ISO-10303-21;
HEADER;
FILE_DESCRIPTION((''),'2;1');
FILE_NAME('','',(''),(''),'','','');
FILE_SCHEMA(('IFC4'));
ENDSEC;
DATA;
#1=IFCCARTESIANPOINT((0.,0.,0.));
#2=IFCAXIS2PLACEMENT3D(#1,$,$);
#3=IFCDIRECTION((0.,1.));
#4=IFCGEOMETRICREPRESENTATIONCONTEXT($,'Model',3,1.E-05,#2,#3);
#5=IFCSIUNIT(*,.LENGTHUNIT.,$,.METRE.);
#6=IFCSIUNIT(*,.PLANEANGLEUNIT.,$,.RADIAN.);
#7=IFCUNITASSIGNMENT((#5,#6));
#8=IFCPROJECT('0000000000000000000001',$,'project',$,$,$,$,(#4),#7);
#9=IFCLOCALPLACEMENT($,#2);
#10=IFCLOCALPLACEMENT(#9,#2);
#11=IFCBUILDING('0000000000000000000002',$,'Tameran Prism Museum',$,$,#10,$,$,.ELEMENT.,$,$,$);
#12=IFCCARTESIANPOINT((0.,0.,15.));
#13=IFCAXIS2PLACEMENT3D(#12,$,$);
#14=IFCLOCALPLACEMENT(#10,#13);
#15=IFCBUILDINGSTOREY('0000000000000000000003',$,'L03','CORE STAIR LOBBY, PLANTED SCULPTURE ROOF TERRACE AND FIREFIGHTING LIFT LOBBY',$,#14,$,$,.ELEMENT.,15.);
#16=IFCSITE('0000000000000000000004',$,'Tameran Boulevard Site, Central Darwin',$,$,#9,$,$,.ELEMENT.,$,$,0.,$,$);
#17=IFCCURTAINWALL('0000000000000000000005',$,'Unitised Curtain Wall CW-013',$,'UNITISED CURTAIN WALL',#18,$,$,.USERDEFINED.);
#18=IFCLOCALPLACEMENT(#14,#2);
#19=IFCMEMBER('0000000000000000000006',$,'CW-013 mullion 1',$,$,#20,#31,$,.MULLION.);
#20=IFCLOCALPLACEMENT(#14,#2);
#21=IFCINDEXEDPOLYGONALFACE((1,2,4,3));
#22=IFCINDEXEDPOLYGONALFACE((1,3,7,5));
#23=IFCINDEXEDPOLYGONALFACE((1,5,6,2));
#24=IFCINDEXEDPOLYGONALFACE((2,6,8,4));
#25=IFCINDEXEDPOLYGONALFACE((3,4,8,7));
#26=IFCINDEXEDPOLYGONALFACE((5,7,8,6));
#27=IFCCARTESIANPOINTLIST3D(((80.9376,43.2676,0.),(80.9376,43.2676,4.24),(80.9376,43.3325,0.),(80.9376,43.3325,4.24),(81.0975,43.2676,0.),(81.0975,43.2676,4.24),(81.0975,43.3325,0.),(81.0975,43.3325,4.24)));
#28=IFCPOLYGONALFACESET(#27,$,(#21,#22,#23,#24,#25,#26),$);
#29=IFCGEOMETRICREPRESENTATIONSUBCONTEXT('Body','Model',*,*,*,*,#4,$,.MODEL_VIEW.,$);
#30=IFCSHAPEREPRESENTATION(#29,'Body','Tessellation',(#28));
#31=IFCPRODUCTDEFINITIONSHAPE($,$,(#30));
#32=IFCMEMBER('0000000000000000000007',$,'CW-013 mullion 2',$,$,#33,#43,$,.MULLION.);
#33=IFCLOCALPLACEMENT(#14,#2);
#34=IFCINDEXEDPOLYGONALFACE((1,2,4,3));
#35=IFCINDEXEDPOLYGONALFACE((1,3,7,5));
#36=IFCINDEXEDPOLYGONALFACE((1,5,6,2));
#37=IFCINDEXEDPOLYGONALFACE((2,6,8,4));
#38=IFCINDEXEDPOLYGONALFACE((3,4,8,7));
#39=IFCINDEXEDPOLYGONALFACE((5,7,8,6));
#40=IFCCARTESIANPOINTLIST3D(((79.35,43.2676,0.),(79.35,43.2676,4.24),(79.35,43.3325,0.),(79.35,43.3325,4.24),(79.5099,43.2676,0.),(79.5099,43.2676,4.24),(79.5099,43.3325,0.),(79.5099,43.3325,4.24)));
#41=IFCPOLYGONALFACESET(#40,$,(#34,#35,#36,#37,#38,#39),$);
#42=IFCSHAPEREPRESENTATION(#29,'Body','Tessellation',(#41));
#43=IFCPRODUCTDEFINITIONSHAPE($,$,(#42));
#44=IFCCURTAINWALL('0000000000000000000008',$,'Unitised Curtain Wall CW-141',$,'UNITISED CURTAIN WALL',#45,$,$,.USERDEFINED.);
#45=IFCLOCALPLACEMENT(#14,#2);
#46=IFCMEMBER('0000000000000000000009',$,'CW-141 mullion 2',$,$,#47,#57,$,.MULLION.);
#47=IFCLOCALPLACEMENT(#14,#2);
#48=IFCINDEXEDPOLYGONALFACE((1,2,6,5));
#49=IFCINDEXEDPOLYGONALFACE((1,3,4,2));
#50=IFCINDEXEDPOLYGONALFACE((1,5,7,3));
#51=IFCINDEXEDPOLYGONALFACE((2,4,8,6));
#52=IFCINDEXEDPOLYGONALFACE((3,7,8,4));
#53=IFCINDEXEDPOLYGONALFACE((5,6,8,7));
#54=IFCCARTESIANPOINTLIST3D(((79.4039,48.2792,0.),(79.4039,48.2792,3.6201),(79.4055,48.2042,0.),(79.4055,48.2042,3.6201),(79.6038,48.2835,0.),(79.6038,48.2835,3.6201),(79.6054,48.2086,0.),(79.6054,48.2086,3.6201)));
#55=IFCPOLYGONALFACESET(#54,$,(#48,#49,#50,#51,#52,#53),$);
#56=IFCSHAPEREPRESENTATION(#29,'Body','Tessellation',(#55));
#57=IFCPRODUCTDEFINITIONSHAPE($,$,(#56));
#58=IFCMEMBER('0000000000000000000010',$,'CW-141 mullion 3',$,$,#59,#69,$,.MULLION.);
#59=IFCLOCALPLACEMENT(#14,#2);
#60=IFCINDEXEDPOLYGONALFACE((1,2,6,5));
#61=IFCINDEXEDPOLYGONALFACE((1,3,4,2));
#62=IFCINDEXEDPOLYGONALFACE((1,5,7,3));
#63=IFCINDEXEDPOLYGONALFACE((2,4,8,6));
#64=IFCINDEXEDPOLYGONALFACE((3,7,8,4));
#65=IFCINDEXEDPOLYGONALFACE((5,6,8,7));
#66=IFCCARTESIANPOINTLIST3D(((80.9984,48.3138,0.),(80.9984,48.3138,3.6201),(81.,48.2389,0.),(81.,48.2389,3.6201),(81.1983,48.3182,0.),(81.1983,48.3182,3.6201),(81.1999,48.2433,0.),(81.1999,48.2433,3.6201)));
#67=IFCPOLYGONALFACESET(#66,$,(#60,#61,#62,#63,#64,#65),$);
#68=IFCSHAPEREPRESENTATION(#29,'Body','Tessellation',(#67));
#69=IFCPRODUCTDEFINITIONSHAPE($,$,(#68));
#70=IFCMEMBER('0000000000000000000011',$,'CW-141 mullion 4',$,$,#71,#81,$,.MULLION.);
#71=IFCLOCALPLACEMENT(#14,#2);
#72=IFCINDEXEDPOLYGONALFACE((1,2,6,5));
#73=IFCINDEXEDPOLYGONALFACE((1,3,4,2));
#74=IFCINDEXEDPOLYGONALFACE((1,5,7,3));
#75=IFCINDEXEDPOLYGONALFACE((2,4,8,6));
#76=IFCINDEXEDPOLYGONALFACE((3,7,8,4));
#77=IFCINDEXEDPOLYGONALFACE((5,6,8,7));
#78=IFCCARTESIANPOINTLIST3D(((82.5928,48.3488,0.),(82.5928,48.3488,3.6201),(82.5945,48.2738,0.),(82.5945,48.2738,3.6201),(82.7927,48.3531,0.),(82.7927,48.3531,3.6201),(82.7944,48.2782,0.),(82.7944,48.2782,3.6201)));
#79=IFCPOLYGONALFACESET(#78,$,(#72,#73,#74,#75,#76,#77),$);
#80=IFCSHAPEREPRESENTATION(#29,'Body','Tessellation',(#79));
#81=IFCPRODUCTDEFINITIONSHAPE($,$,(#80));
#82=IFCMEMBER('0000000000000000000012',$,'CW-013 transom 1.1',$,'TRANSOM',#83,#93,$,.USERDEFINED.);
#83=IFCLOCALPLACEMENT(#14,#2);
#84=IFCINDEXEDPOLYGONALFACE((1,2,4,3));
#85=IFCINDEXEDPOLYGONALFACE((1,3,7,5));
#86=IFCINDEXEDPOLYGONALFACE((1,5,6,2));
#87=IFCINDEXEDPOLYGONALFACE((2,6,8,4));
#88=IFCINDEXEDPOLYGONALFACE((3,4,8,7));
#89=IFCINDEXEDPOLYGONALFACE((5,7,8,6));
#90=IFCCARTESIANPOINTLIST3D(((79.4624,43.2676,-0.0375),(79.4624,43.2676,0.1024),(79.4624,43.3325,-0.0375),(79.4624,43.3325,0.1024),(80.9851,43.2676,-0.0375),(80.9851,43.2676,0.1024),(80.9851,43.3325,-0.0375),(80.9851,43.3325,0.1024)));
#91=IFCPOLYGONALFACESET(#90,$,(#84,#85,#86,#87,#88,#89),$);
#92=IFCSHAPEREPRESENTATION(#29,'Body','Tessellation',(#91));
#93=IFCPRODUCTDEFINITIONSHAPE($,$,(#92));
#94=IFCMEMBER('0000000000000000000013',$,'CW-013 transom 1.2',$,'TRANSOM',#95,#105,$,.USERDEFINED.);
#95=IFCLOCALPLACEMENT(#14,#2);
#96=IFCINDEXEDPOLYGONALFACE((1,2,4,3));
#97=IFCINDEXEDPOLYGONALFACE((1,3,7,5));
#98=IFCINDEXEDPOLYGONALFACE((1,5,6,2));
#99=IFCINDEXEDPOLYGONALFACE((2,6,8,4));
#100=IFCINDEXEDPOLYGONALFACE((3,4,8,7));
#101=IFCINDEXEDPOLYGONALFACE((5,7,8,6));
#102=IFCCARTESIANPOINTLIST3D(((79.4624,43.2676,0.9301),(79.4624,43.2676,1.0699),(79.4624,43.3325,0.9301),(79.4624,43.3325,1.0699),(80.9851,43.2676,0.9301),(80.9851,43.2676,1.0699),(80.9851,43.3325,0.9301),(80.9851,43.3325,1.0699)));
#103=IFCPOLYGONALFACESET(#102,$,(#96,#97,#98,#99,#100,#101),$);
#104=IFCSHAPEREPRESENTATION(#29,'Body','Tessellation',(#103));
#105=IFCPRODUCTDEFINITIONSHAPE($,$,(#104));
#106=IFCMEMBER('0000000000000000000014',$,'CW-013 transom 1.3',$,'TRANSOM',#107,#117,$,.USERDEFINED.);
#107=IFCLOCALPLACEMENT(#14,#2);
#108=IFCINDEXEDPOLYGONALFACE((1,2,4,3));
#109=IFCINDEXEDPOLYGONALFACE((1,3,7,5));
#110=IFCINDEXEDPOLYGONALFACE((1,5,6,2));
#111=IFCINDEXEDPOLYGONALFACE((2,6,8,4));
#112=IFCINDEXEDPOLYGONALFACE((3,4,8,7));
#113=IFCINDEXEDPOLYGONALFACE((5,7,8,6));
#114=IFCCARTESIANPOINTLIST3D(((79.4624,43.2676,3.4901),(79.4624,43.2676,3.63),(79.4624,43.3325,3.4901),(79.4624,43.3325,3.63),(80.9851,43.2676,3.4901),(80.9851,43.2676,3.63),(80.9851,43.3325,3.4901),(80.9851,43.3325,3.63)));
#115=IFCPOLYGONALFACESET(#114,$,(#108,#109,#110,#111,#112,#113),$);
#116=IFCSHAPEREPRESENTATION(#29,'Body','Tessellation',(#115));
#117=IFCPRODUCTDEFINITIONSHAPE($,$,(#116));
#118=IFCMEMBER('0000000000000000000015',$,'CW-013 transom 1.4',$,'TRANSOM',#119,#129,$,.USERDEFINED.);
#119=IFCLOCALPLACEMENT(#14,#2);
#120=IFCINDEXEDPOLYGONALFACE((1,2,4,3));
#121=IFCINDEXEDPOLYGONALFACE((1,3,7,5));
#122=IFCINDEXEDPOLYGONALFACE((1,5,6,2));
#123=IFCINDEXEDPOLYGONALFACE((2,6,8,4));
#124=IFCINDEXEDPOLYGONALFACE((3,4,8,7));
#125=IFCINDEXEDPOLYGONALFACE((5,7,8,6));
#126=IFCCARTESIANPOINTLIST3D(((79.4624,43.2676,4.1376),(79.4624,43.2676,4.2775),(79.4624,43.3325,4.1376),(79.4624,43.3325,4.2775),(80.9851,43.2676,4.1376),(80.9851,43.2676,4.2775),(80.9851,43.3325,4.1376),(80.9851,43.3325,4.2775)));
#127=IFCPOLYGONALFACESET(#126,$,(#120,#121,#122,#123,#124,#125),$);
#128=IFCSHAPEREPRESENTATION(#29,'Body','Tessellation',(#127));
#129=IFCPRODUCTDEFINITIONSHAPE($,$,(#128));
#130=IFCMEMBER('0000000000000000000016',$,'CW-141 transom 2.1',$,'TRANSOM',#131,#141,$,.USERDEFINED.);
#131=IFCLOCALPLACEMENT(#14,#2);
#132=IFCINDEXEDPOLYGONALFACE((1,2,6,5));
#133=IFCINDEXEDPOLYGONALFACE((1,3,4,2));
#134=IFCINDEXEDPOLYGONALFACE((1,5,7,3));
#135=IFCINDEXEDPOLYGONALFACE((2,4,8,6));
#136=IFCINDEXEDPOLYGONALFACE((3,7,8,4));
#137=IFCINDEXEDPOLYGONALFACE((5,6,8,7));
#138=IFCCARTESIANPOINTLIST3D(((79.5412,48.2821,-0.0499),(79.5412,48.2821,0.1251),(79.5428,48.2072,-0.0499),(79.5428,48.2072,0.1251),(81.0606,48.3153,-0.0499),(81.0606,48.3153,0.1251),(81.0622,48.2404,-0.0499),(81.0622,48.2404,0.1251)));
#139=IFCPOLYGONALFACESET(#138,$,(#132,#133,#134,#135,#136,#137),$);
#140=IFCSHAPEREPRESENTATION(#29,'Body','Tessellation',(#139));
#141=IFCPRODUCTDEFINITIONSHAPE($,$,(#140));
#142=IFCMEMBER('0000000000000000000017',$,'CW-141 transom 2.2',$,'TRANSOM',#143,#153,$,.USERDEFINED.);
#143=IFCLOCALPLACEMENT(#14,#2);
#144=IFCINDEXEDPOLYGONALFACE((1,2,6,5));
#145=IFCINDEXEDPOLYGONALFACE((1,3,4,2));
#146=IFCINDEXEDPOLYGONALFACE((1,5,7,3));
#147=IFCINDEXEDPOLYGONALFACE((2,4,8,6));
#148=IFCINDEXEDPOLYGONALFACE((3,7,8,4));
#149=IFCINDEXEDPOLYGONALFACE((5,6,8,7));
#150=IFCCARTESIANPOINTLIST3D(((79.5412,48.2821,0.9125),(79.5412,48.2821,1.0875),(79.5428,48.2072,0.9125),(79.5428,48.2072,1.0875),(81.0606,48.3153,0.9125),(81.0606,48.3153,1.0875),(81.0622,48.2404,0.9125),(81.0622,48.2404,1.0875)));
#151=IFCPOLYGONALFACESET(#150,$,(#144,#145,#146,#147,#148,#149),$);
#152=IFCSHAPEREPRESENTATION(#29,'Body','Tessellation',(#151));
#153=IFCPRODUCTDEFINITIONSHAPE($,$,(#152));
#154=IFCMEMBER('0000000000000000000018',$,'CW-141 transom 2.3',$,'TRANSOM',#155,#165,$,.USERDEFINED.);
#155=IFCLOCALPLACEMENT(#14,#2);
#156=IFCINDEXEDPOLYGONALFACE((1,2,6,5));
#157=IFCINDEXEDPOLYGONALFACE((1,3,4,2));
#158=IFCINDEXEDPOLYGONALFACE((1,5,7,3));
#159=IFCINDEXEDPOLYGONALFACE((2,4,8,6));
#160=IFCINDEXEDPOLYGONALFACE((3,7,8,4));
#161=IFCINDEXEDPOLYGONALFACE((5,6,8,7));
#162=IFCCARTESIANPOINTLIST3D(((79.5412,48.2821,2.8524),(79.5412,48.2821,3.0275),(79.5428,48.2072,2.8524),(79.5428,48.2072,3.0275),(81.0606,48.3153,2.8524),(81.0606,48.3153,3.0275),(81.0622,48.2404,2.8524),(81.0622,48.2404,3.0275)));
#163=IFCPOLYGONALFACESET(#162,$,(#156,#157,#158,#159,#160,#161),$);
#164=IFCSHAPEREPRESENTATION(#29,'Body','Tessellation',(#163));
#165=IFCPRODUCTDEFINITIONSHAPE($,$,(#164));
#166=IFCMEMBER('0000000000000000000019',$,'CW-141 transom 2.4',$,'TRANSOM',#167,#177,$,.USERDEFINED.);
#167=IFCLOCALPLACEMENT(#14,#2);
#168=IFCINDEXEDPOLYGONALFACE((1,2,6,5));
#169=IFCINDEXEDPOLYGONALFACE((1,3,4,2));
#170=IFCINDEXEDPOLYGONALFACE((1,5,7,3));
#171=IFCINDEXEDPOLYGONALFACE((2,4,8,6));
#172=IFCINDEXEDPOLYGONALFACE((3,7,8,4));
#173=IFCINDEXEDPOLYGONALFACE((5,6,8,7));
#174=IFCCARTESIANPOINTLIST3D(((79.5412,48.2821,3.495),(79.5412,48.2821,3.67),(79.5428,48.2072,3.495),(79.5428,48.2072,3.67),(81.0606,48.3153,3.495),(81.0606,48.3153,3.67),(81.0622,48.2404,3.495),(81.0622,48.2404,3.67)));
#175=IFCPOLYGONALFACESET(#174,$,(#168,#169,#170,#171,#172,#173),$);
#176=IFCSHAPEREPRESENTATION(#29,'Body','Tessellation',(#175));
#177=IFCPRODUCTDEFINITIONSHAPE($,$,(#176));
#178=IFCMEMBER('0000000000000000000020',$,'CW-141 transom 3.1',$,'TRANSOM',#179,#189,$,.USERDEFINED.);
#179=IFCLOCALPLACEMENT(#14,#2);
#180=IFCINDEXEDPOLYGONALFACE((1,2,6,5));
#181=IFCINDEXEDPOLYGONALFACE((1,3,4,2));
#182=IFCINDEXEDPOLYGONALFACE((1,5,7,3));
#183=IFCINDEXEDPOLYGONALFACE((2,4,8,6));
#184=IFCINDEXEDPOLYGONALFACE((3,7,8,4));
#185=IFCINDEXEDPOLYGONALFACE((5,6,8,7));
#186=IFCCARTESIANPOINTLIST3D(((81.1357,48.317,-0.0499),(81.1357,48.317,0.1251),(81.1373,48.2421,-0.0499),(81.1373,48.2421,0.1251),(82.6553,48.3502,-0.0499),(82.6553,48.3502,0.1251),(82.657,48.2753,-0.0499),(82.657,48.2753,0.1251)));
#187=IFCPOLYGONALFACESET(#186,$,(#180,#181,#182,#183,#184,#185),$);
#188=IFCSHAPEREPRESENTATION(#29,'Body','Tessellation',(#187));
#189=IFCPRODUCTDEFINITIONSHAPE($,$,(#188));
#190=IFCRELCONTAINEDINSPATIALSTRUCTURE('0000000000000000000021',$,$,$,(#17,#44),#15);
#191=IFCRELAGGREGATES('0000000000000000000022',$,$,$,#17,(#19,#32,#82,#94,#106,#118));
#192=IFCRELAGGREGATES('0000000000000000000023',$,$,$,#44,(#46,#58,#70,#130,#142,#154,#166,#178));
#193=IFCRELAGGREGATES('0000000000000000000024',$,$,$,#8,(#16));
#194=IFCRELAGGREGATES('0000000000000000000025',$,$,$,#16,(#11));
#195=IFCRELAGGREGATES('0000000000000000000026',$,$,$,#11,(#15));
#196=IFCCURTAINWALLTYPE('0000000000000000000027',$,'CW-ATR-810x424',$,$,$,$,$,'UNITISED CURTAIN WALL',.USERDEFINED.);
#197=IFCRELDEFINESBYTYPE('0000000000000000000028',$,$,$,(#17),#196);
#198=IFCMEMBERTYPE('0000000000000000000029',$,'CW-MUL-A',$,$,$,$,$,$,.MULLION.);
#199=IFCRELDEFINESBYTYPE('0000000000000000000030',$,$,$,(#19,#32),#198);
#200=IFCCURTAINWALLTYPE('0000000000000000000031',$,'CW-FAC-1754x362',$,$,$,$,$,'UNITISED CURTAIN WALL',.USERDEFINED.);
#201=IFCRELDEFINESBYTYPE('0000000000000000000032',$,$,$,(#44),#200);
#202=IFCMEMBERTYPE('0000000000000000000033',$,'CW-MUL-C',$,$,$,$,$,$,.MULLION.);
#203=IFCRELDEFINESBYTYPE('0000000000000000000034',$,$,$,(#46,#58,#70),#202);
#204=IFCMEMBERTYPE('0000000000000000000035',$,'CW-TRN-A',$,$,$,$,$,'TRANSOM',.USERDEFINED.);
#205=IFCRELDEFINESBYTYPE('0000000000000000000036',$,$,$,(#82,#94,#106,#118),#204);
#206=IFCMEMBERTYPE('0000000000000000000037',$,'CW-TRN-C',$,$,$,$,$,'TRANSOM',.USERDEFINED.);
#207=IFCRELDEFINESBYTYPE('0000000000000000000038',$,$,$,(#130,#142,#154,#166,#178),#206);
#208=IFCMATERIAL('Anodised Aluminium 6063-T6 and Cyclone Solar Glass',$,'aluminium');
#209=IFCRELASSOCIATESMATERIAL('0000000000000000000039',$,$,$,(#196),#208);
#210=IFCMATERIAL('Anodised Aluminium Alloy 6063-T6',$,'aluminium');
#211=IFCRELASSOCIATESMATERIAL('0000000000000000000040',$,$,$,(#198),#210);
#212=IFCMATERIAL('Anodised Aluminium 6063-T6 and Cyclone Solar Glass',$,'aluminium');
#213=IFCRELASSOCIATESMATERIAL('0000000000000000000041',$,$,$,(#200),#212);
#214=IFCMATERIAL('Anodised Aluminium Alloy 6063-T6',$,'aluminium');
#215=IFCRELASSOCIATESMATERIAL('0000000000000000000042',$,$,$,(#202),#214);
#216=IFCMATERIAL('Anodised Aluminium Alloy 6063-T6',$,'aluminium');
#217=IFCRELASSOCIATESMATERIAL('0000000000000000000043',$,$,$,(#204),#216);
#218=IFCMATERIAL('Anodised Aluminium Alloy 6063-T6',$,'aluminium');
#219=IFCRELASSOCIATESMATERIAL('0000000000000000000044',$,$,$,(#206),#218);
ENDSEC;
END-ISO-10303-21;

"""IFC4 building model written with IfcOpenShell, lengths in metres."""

from ifc_helpers import new_model, si_unit, direction, frame, origin, origin_2d, place, context, subcontext, project, spatial, rectangle, extrude, material, material_profile, profile_set, type_object, element, aggregate, save


model = new_model("IFC4")

# Units and contexts
model_context = context("Model", 3, precision=1e-05, world=origin(), true_north=direction((0.0, 1.0)))
body_context = subcontext(model_context, "Body", "Model", "MODEL_VIEW")
ifc_project = project(units=[si_unit("LENGTHUNIT", "METRE"), si_unit("PLANEANGLEUNIT", "RADIAN")], contexts=[model_context])

# Site, building, storey
site_placement = place(None, origin())
site = spatial("IfcSite", under=ifc_project, at=site_placement, Name="Tameran Boulevard Site, Central Darwin", CompositionType="ELEMENT", RefElevation=0.0)
building_placement = place(site_placement, origin())
building = spatial("IfcBuilding", under=site, at=building_placement, Name="Tameran Prism Museum", CompositionType="ELEMENT")
storey_placement = place(building_placement, frame((0.0, 0.0, 15.0)))
storey = spatial("IfcBuildingStorey", under=building, at=storey_placement, Name="L03", Description="CORE STAIR LOBBY, PLANTED SCULPTURE ROOF TERRACE AND FIREFIGHTING LIFT LOBBY", CompositionType="ELEMENT", Elevation=15.0)

# Curtain walls, members
ifc_material_1 = material(Name="Anodised Aluminium 6063-T6 and Cyclone Solar Glass", Category="aluminium")
curtain_wall_type_1 = type_object("IfcCurtainWallType", Name="CW-ATR-810x424", ElementType="UNITISED CURTAIN WALL", PredefinedType="USERDEFINED", material=ifc_material_1)
curtain_wall_1_placement = place(storey_placement, origin())
curtain_wall_1 = element("IfcCurtainWall", 1, at=curtain_wall_1_placement, inside=storey, type_object=curtain_wall_type_1, Name="Unitised Curtain Wall CW-013", ObjectType="UNITISED CURTAIN WALL", PredefinedType="USERDEFINED")
ifc_material_2 = material(Name="Anodised Aluminium Alloy 6063-T6", Category="aluminium")
ifc_material_profile_1 = material_profile(ifc_material_2, rectangle(XDim=0.0649, YDim=0.1599, at=origin_2d()))
ifc_profile_set_1 = profile_set([ifc_material_profile_1])
member_type_1 = type_object("IfcMemberType", Name="CW-MUL-A", PredefinedType="MULLION", material=ifc_profile_set_1)
member_1_placement = place(storey_placement, frame((81.0176, 43.3, 0.0), z_axis=(0.0, 0.0, 1.0), x_axis=(0.0, -1.0, 0.0)))
member_1 = element("IfcMember", 2, at=member_1_placement, type_object=member_type_1, Name="CW-013 mullion 1", PredefinedType="MULLION", context=body_context, shape_type="SweptSolid", body=[
    extrude(rectangle(XDim=0.0649, YDim=0.1599, at=origin_2d()), origin(), (0.0, 0.0, 1.0), 4.24),
])
member_2_placement = place(storey_placement, frame((79.4299, 43.3, 0.0), z_axis=(0.0, 0.0, 1.0), x_axis=(0.0, -1.0, 0.0)))
member_2 = element("IfcMember", 3, at=member_2_placement, type_object=member_type_1, Name="CW-013 mullion 2", PredefinedType="MULLION", context=body_context, shape_type="SweptSolid", body=[
    extrude(rectangle(XDim=0.0649, YDim=0.1599, at=origin_2d()), origin(), (0.0, 0.0, 1.0), 4.24),
])
ifc_material_3 = material(Name="Anodised Aluminium 6063-T6 and Cyclone Solar Glass", Category="aluminium")
curtain_wall_type_2 = type_object("IfcCurtainWallType", Name="CW-FAC-1754x362", ElementType="UNITISED CURTAIN WALL", PredefinedType="USERDEFINED", material=ifc_material_3)
curtain_wall_2_placement = place(storey_placement, origin())
curtain_wall_2 = element("IfcCurtainWall", 4, at=curtain_wall_2_placement, inside=storey, type_object=curtain_wall_type_2, Name="Unitised Curtain Wall CW-141", ObjectType="UNITISED CURTAIN WALL", PredefinedType="USERDEFINED")
ifc_material_4 = material(Name="Anodised Aluminium Alloy 6063-T6", Category="aluminium")
ifc_material_profile_2 = material_profile(ifc_material_4, rectangle(XDim=0.075, YDim=0.2, at=origin_2d()))
ifc_profile_set_2 = profile_set([ifc_material_profile_2])
member_type_2 = type_object("IfcMemberType", Name="CW-MUL-C", PredefinedType="MULLION", material=ifc_profile_set_2)
member_3_placement = place(storey_placement, frame((79.5046, 48.2439, 0.0), z_axis=(0.0, 0.0, 1.0), x_axis=(-0.021831, 0.999762, 0.0)))
member_3 = element("IfcMember", 5, at=member_3_placement, type_object=member_type_2, Name="CW-141 mullion 2", PredefinedType="MULLION", context=body_context, shape_type="SweptSolid", body=[
    extrude(rectangle(XDim=0.075, YDim=0.2, at=origin_2d()), origin(), (0.0, 0.0, 1.0), 3.6201),
])
member_4_placement = place(storey_placement, frame((81.0991, 48.2786, 0.0), z_axis=(0.0, 0.0, 1.0), x_axis=(-0.021831, 0.999762, 0.0)))
member_4 = element("IfcMember", 6, at=member_4_placement, type_object=member_type_2, Name="CW-141 mullion 3", PredefinedType="MULLION", context=body_context, shape_type="SweptSolid", body=[
    extrude(rectangle(XDim=0.075, YDim=0.2, at=origin_2d()), origin(), (0.0, 0.0, 1.0), 3.6201),
])
member_5_placement = place(storey_placement, frame((82.6936, 48.3135, 0.0), z_axis=(0.0, 0.0, 1.0), x_axis=(-0.021831, 0.999762, 0.0)))
member_5 = element("IfcMember", 7, at=member_5_placement, type_object=member_type_2, Name="CW-141 mullion 4", PredefinedType="MULLION", context=body_context, shape_type="SweptSolid", body=[
    extrude(rectangle(XDim=0.075, YDim=0.2, at=origin_2d()), origin(), (0.0, 0.0, 1.0), 3.6201),
])

# Members
ifc_material_5 = material(Name="Anodised Aluminium Alloy 6063-T6", Category="aluminium")
ifc_material_profile_3 = material_profile(ifc_material_5, rectangle(XDim=0.0649, YDim=0.1399, at=origin_2d()))
ifc_profile_set_3 = profile_set([ifc_material_profile_3])
member_type_3 = type_object("IfcMemberType", Name="CW-TRN-A", ElementType="TRANSOM", PredefinedType="USERDEFINED", material=ifc_profile_set_3)
member_6_placement = place(storey_placement, frame((80.9851, 43.3, 0.0325), z_axis=(-1.0, 0.0, 0.0), x_axis=(0.0, -1.0, 0.0)))
member_6 = element("IfcMember", 8, at=member_6_placement, type_object=member_type_3, Name="CW-013 transom 1.1", ObjectType="TRANSOM", PredefinedType="USERDEFINED", context=body_context, shape_type="SweptSolid", body=[
    extrude(rectangle(XDim=0.0649, YDim=0.1399, at=origin_2d()), origin(), (0.0, 0.0, 1.0), 1.5227),
])
member_7_placement = place(storey_placement, frame((80.9851, 43.3, 1.0), z_axis=(-1.0, 0.0, 0.0), x_axis=(0.0, -1.0, 0.0)))
member_7 = element("IfcMember", 9, at=member_7_placement, type_object=member_type_3, Name="CW-013 transom 1.2", ObjectType="TRANSOM", PredefinedType="USERDEFINED", context=body_context, shape_type="SweptSolid", body=[
    extrude(rectangle(XDim=0.0649, YDim=0.1399, at=origin_2d()), origin(), (0.0, 0.0, 1.0), 1.5227),
])
member_8_placement = place(storey_placement, frame((80.9851, 43.3, 3.5601), z_axis=(-1.0, 0.0, 0.0), x_axis=(0.0, -1.0, 0.0)))
member_8 = element("IfcMember", 10, at=member_8_placement, type_object=member_type_3, Name="CW-013 transom 1.3", ObjectType="TRANSOM", PredefinedType="USERDEFINED", context=body_context, shape_type="SweptSolid", body=[
    extrude(rectangle(XDim=0.0649, YDim=0.1399, at=origin_2d()), origin(), (0.0, 0.0, 1.0), 1.5227),
])
member_9_placement = place(storey_placement, frame((80.9851, 43.3, 4.2075), z_axis=(-1.0, 0.0, 0.0), x_axis=(0.0, -1.0, 0.0)))
member_9 = element("IfcMember", 11, at=member_9_placement, type_object=member_type_3, Name="CW-013 transom 1.4", ObjectType="TRANSOM", PredefinedType="USERDEFINED", context=body_context, shape_type="SweptSolid", body=[
    extrude(rectangle(XDim=0.0649, YDim=0.1399, at=origin_2d()), origin(), (0.0, 0.0, 1.0), 1.5227),
])
ifc_material_6 = material(Name="Anodised Aluminium Alloy 6063-T6", Category="aluminium")
ifc_material_profile_4 = material_profile(ifc_material_6, rectangle(XDim=0.075, YDim=0.175, at=origin_2d()))
ifc_profile_set_4 = profile_set([ifc_material_profile_4])
member_type_4 = type_object("IfcMemberType", Name="CW-TRN-C", ElementType="TRANSOM", PredefinedType="USERDEFINED", material=ifc_profile_set_4)
member_10_placement = place(storey_placement, frame((79.542, 48.2446, 0.0376), z_axis=(0.999761, 0.021846, 0.0), x_axis=(-0.021846, 0.999761, 0.0)))
member_10 = element("IfcMember", 12, at=member_10_placement, type_object=member_type_4, Name="CW-141 transom 2.1", ObjectType="TRANSOM", PredefinedType="USERDEFINED", context=body_context, shape_type="SweptSolid", body=[
    extrude(rectangle(XDim=0.075, YDim=0.175, at=origin_2d()), origin(), (0.0, 0.0, 1.0), 1.5198),
])
member_11_placement = place(storey_placement, frame((79.542, 48.2446, 1.0), z_axis=(0.999761, 0.021846, 0.0), x_axis=(-0.021846, 0.999761, 0.0)))
member_11 = element("IfcMember", 13, at=member_11_placement, type_object=member_type_4, Name="CW-141 transom 2.2", ObjectType="TRANSOM", PredefinedType="USERDEFINED", context=body_context, shape_type="SweptSolid", body=[
    extrude(rectangle(XDim=0.075, YDim=0.175, at=origin_2d()), origin(), (0.0, 0.0, 1.0), 1.5198),
])
member_12_placement = place(storey_placement, frame((79.542, 48.2446, 2.9399), z_axis=(0.999761, 0.021846, 0.0), x_axis=(-0.021846, 0.999761, 0.0)))
member_12 = element("IfcMember", 14, at=member_12_placement, type_object=member_type_4, Name="CW-141 transom 2.3", ObjectType="TRANSOM", PredefinedType="USERDEFINED", context=body_context, shape_type="SweptSolid", body=[
    extrude(rectangle(XDim=0.075, YDim=0.175, at=origin_2d()), origin(), (0.0, 0.0, 1.0), 1.5198),
])
member_13_placement = place(storey_placement, frame((79.542, 48.2446, 3.5825), z_axis=(0.999761, 0.021846, 0.0), x_axis=(-0.021846, 0.999761, 0.0)))
member_13 = element("IfcMember", 15, at=member_13_placement, type_object=member_type_4, Name="CW-141 transom 2.4", ObjectType="TRANSOM", PredefinedType="USERDEFINED", context=body_context, shape_type="SweptSolid", body=[
    extrude(rectangle(XDim=0.075, YDim=0.175, at=origin_2d()), origin(), (0.0, 0.0, 1.0), 1.5198),
])
member_14_placement = place(storey_placement, frame((81.1365, 48.2795, 0.0376), z_axis=(0.999761, 0.021842, 0.0), x_axis=(-0.021842, 0.999761, 0.0)))
member_14 = element("IfcMember", 16, at=member_14_placement, type_object=member_type_4, Name="CW-141 transom 3.1", ObjectType="TRANSOM", PredefinedType="USERDEFINED", context=body_context, shape_type="SweptSolid", body=[
    extrude(rectangle(XDim=0.075, YDim=0.175, at=origin_2d()), origin(), (0.0, 0.0, 1.0), 1.52),
])

aggregate(curtain_wall_1, [member_1, member_2, member_6, member_7, member_8, member_9])
aggregate(curtain_wall_2, [member_3, member_4, member_5, member_10, member_11, member_12, member_13, member_14])

save(model, "model.ifc")
